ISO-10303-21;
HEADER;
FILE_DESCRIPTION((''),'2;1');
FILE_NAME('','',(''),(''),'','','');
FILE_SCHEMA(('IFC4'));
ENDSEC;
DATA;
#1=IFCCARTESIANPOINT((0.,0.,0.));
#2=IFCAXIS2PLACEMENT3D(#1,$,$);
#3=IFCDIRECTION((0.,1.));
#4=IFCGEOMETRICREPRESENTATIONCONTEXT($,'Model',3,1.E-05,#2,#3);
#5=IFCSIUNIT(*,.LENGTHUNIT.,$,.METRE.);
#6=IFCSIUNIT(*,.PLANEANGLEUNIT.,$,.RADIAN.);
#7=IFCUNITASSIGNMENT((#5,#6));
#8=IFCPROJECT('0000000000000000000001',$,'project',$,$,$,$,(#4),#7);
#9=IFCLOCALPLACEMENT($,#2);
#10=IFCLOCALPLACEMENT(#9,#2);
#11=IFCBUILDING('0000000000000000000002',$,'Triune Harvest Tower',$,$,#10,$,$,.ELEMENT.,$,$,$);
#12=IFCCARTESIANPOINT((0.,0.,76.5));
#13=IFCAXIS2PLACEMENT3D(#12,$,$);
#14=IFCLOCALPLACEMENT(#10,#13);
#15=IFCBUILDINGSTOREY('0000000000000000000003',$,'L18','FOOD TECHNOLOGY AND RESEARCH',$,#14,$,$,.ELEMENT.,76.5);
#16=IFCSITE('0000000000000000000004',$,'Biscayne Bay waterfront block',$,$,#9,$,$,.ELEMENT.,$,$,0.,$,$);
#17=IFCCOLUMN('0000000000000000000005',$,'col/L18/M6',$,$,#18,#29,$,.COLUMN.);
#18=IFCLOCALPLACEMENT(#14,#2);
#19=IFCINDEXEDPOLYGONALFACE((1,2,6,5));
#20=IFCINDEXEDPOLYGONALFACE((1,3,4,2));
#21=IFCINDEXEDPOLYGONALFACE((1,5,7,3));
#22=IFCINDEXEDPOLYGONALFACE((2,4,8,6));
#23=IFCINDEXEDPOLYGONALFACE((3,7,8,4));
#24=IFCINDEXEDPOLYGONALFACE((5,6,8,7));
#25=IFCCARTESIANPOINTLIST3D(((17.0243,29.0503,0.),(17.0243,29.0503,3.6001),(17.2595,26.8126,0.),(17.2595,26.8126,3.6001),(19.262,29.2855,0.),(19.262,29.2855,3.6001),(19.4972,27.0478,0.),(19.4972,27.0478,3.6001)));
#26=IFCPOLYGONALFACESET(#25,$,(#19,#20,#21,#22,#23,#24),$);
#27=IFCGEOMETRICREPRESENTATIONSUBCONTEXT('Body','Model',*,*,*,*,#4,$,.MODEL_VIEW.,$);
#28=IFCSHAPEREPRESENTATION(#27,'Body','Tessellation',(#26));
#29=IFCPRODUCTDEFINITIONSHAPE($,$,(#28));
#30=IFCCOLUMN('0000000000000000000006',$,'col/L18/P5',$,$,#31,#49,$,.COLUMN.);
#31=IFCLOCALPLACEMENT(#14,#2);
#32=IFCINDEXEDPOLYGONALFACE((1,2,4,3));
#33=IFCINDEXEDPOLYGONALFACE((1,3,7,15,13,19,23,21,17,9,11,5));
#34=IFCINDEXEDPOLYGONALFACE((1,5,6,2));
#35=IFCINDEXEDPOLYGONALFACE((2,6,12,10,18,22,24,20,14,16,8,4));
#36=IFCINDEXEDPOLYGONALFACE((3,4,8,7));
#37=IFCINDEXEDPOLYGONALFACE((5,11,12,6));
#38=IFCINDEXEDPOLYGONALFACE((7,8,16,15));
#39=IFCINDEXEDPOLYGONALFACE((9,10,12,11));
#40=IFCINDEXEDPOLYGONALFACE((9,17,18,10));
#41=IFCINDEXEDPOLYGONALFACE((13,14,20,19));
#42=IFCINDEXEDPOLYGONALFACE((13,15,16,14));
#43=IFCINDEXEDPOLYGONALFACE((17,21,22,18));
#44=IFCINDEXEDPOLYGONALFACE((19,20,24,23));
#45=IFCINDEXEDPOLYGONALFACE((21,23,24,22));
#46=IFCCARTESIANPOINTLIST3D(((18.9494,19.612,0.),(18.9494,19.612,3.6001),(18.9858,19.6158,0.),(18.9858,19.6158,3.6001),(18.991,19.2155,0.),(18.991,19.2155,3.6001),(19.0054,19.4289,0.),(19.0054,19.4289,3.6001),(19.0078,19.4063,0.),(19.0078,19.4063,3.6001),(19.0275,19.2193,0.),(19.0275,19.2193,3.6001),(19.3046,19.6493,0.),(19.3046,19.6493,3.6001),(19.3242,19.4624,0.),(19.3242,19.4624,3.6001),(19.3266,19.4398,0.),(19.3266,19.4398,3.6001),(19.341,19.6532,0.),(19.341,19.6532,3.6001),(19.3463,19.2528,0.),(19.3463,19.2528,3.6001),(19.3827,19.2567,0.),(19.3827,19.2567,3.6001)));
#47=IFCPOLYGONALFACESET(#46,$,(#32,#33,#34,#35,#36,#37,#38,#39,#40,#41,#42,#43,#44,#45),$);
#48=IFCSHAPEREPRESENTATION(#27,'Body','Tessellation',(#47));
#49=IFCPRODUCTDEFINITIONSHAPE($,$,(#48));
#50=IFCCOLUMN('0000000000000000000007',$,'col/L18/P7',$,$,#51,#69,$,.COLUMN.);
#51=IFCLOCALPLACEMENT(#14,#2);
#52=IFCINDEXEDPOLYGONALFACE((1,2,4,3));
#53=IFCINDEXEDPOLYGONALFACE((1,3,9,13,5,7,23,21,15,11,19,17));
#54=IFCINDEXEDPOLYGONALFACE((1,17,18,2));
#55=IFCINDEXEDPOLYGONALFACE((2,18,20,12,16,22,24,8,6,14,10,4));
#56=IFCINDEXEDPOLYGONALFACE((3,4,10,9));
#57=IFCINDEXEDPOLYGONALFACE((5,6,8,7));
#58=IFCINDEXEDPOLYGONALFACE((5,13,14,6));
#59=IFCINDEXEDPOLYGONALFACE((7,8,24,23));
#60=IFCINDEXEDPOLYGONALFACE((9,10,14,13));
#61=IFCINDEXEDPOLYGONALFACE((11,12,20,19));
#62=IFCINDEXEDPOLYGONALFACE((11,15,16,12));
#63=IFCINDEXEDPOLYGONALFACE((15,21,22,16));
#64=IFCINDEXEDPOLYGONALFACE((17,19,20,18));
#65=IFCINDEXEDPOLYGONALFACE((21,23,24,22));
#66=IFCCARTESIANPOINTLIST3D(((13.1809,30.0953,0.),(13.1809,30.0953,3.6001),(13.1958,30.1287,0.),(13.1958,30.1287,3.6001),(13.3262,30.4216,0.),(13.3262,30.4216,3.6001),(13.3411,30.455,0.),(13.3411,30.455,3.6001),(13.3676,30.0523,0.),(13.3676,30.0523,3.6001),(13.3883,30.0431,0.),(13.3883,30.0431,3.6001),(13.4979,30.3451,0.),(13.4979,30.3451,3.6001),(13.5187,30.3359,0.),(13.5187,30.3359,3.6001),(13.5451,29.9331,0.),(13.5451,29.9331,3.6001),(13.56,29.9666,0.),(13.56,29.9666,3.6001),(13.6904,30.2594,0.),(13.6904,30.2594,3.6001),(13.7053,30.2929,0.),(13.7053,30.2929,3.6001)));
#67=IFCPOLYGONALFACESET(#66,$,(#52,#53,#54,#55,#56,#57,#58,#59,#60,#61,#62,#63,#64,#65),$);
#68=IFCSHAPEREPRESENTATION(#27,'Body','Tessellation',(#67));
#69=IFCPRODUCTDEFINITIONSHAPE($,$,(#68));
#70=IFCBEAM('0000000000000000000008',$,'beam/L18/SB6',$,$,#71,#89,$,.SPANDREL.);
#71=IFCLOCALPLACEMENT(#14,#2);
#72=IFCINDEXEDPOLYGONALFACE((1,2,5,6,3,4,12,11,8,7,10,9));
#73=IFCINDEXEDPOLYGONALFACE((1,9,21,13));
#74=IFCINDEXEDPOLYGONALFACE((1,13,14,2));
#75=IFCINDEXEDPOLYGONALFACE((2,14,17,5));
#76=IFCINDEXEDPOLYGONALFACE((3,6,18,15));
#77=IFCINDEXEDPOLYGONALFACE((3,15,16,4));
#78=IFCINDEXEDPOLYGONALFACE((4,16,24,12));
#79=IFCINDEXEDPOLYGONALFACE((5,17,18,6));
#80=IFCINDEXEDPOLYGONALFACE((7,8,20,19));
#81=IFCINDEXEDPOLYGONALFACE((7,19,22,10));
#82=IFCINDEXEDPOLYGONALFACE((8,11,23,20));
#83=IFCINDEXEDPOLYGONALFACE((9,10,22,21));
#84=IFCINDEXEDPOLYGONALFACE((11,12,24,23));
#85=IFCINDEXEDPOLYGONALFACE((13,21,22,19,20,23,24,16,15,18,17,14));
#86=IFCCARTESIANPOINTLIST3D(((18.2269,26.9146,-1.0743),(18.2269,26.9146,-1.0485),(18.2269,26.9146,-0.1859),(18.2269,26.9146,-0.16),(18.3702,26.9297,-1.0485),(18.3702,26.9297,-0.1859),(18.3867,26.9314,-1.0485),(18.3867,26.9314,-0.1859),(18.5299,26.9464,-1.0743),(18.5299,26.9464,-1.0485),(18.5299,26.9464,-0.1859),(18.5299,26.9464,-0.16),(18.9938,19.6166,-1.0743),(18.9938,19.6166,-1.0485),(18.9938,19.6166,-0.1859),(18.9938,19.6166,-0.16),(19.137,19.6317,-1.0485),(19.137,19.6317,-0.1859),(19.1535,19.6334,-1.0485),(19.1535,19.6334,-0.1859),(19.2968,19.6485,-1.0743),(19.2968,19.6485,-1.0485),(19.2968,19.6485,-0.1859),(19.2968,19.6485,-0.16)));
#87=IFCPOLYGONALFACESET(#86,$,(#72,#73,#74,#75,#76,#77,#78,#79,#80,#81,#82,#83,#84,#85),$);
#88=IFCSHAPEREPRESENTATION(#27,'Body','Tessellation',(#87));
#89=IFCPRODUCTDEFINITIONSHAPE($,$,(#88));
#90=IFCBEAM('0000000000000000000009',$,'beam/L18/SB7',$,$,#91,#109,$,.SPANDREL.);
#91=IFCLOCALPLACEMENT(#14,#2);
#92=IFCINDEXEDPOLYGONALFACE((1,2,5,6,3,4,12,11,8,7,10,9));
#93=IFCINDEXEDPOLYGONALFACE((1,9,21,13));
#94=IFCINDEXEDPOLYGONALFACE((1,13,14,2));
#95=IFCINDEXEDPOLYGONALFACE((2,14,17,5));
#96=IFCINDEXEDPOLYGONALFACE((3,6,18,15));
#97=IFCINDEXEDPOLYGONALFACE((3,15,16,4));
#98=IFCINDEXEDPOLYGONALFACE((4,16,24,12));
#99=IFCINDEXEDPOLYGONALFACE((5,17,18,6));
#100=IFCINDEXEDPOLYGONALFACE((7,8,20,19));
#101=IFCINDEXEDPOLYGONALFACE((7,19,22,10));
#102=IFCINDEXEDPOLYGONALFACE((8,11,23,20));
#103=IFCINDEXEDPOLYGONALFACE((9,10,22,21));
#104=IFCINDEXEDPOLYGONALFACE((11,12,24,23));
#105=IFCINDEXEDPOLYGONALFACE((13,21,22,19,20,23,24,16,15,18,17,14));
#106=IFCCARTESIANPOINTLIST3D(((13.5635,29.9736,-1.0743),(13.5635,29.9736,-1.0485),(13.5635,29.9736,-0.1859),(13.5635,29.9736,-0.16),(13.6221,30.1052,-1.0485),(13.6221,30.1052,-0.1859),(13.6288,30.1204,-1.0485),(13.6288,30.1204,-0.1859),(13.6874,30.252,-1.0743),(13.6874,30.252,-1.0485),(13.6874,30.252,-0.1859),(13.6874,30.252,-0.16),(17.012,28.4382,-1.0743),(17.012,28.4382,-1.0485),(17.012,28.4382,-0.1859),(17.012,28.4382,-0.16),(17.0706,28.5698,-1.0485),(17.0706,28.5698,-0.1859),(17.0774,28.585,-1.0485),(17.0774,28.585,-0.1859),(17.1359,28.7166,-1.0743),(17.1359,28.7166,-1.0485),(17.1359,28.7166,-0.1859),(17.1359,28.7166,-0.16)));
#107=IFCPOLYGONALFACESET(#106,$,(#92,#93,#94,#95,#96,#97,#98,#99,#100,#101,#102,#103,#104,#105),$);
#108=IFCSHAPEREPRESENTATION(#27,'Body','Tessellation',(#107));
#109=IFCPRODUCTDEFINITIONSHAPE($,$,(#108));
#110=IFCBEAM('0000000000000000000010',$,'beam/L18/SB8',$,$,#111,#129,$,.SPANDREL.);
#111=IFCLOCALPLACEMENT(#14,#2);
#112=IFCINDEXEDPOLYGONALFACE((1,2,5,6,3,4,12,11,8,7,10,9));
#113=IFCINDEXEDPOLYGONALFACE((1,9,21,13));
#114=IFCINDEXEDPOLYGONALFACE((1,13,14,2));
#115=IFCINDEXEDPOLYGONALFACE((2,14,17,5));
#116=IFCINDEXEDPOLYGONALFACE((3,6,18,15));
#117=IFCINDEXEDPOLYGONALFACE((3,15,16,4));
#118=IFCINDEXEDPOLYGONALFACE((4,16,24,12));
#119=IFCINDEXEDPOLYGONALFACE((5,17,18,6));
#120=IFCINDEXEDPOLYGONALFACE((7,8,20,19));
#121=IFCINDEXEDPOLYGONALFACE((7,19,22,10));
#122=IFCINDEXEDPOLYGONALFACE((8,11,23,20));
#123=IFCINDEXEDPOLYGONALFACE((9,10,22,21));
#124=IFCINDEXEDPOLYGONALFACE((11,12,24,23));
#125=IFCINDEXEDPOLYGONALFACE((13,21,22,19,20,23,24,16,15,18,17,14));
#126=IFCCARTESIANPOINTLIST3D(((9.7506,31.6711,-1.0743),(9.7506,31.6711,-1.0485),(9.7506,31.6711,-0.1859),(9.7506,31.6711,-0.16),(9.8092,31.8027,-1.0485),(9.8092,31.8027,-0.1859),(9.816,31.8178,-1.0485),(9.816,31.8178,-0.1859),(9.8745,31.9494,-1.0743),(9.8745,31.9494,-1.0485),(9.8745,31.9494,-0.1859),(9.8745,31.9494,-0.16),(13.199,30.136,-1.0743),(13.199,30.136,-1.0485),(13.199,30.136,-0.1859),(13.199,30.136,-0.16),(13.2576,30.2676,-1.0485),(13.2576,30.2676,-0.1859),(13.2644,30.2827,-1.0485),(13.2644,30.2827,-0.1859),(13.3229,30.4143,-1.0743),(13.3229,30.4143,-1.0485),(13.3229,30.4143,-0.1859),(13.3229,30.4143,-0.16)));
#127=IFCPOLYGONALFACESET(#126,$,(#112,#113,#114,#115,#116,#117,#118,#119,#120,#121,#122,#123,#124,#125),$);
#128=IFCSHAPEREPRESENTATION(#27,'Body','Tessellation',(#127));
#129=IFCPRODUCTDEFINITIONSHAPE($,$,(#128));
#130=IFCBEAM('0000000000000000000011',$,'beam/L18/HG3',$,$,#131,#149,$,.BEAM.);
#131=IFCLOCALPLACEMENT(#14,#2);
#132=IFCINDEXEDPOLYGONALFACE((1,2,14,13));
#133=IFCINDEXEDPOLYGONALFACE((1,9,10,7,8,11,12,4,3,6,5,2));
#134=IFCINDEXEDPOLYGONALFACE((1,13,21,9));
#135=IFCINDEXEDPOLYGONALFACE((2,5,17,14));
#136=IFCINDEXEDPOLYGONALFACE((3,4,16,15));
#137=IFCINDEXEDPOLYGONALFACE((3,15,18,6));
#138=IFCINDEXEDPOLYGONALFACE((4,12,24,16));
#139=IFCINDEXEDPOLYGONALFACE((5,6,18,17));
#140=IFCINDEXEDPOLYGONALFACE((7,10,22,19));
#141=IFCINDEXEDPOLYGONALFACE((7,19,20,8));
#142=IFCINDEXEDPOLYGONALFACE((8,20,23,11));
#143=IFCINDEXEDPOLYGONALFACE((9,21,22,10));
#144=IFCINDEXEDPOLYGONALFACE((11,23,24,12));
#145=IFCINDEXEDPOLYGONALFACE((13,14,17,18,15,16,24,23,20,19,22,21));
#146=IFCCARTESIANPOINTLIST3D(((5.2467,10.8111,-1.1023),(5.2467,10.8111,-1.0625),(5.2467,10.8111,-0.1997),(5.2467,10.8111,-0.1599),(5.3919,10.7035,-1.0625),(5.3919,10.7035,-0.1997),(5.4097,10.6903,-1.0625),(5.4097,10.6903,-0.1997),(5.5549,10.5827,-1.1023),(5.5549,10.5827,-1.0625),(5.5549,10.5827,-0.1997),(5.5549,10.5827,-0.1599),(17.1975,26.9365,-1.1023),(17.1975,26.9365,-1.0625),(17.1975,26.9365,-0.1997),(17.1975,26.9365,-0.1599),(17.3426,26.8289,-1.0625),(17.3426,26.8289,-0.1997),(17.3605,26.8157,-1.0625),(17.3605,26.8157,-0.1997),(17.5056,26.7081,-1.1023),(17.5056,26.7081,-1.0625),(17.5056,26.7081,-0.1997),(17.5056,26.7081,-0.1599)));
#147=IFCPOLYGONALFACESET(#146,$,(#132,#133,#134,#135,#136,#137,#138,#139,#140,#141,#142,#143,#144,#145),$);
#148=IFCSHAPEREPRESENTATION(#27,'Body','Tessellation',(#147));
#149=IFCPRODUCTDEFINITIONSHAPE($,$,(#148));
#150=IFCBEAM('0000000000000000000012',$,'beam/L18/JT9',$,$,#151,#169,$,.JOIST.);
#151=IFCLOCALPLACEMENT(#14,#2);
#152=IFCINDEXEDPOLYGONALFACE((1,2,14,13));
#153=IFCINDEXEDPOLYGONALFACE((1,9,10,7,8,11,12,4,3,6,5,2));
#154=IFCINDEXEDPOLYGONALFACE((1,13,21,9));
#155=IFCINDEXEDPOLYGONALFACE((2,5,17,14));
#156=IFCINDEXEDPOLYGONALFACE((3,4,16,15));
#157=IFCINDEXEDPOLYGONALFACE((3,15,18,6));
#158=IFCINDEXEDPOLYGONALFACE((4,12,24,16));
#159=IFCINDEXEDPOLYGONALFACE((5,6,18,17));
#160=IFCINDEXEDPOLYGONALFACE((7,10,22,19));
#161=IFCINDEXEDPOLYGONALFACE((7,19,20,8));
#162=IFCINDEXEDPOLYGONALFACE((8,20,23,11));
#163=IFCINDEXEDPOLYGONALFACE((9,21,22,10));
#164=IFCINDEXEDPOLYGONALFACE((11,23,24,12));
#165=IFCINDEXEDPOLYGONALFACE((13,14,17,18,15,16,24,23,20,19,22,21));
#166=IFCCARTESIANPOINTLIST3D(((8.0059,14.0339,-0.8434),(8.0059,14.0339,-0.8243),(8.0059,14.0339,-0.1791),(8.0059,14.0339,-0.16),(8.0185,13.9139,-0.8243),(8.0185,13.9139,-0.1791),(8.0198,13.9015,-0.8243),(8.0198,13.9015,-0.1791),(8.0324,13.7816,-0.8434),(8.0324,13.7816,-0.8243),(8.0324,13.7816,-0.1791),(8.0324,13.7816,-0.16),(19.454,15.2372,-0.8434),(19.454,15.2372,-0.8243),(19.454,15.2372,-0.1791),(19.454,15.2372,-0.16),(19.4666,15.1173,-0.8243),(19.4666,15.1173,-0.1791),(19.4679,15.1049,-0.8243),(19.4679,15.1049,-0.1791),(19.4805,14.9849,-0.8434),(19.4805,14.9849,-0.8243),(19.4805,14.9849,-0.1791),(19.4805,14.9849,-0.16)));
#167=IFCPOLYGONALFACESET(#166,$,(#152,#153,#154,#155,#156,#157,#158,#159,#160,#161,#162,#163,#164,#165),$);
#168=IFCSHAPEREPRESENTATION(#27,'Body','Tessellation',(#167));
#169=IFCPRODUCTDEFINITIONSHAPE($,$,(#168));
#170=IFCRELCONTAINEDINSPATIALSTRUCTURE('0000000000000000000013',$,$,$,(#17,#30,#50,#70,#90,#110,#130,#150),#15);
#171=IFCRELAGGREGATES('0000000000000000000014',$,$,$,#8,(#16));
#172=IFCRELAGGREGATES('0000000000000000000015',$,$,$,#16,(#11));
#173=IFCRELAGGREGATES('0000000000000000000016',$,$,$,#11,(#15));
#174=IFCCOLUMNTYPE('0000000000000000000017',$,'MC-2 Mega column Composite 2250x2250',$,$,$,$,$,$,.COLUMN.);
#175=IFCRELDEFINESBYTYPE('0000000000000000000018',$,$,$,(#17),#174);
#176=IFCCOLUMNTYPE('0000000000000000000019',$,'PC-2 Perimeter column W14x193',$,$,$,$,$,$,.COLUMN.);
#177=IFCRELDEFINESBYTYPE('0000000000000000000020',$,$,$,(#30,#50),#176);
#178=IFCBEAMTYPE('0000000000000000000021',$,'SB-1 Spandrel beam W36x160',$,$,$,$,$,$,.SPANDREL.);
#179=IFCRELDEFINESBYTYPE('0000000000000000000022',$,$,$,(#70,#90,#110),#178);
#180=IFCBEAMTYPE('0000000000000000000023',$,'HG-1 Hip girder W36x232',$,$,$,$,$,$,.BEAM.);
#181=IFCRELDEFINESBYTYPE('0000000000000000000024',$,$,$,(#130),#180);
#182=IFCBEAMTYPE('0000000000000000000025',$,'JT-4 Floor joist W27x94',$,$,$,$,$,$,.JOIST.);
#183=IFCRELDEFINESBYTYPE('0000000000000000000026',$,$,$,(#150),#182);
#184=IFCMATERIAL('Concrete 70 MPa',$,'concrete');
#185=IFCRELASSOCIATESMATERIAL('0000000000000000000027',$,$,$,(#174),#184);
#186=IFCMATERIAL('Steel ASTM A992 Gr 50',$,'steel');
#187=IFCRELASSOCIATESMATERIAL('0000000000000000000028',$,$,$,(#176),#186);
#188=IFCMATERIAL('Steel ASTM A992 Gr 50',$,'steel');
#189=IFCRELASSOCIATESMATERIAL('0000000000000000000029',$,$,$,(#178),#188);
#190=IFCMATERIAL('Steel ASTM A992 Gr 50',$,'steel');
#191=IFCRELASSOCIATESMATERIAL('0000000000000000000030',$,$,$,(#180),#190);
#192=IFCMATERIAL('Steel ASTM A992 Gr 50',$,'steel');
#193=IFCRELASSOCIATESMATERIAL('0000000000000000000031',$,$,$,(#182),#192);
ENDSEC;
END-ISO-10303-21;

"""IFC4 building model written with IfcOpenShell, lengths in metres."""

from ifc_helpers import new_model, si_unit, direction, frame, origin, origin_2d, place, context, subcontext, project, spatial, rectangle, i_section, extrude, source, transform, mapped, material, material_profile, profile_set, type_object, element, save


model = new_model("IFC4")

# Units and contexts
model_context = context("Model", 3, precision=1e-05, world=origin(), true_north=direction((0.0, 1.0)))
body_context = subcontext(model_context, "Body", "Model", "MODEL_VIEW")
ifc_project = project(units=[si_unit("LENGTHUNIT", "METRE"), si_unit("PLANEANGLEUNIT", "RADIAN")], contexts=[model_context])

# Site, building, storey
site_placement = place(None, origin())
site = spatial("IfcSite", under=ifc_project, at=site_placement, Name="Biscayne Bay waterfront block", CompositionType="ELEMENT", RefElevation=0.0)
building_placement = place(site_placement, origin())
building = spatial("IfcBuilding", under=site, at=building_placement, Name="Triune Harvest Tower", CompositionType="ELEMENT")
storey_placement = place(building_placement, frame((0.0, 0.0, 76.5)))
storey = spatial("IfcBuildingStorey", under=building, at=storey_placement, Name="L18", Description="FOOD TECHNOLOGY AND RESEARCH", CompositionType="ELEMENT", Elevation=76.5)

# Columns
ifc_material_1 = material(Name="Concrete 70 MPa", Category="concrete")
ifc_material_profile_1 = material_profile(ifc_material_1, rectangle(XDim=2.25, YDim=2.25, at=origin_2d()), Name="Composite 2250x2250")
ifc_profile_set_1 = profile_set([ifc_material_profile_1], Name="Concrete 70 MPa")
column_type_1 = type_object("IfcColumnType", Name="MC-2 Mega column Composite 2250x2250", PredefinedType="COLUMN", material=ifc_profile_set_1)
shared_shape_1 = source(origin(), body_context, "Body", "SweptSolid", [
    extrude(rectangle(XDim=2.25, YDim=2.25, at=origin_2d()), origin(), (0.0, 0.0, 1.0), 3.6001),
])
column_placement = place(storey_placement, frame((18.2607, 28.0491, 0.0), z_axis=(0.0, 0.0, 1.0), x_axis=(-0.104527, 0.994522, 0.0)))
element("IfcColumn", 1, at=column_placement, inside=storey, type_object=column_type_1, Name="col/L18/M6", PredefinedType="COLUMN", context=body_context, shape_type="MappedRepresentation", body=[
    mapped(shared_shape_1, transform((0.0, 0.0, 0.0), scale=1.0)),
])
ifc_material_2 = material(Name="Steel ASTM A992 Gr 50", Category="steel")
ifc_material_profile_2 = material_profile(ifc_material_2, i_section(OverallWidth=0.3987, OverallDepth=0.3938, WebThickness=0.0227, FlangeThickness=0.0366, at=origin_2d()), Name="W14x193")
ifc_profile_set_2 = profile_set([ifc_material_profile_2], Name="Steel ASTM A992 Gr 50")
column_type_2 = type_object("IfcColumnType", Name="PC-2 Perimeter column W14x193", PredefinedType="COLUMN", material=ifc_profile_set_2)
shared_shape_2 = source(origin(), body_context, "Body", "SweptSolid", [
    extrude(i_section(OverallWidth=0.3987, OverallDepth=0.3938, WebThickness=0.0227, FlangeThickness=0.0366, at=origin_2d()), origin(), (0.0, 0.0, 1.0), 3.6001),
])
for number, where, z_axis, x_axis, name in (
    (2, (19.166, 19.4343, 0.0), (0.0, 0.0, 1.0), (-0.104527, 0.994522, 0.0), "col/L18/P5"),
    (3, (13.4431, 30.1941, 0.0), (0.0, 0.0, 1.0), (-0.913547, 0.406733, 0.0), "col/L18/P7"),
):
    element("IfcColumn", number, at=place(storey_placement, frame(where, z_axis=z_axis, x_axis=x_axis)), inside=storey, type_object=column_type_2, Name=name, PredefinedType="COLUMN", context=body_context, shape_type="MappedRepresentation", body=[
        mapped(shared_shape_2, transform((0.0, 0.0, 0.0), scale=1.0)),
    ])

# Beams
ifc_material_3 = material(Name="Steel ASTM A992 Gr 50", Category="steel")
ifc_material_profile_3 = material_profile(ifc_material_3, i_section(OverallWidth=0.3047, OverallDepth=0.9143, WebThickness=0.0166, FlangeThickness=0.0259, at=origin_2d()), Name="W36x160")
ifc_profile_set_3 = profile_set([ifc_material_profile_3], Name="Steel ASTM A992 Gr 50")
beam_type_1 = type_object("IfcBeamType", Name="SB-1 Spandrel beam W36x160", PredefinedType="SPANDREL", material=ifc_profile_set_3)
shared_shape_3 = source(origin(), body_context, "Body", "SweptSolid", [
    extrude(i_section(OverallWidth=0.3047, OverallDepth=0.9143, WebThickness=0.0166, FlangeThickness=0.0259, at=origin_2d()), origin(), (0.0, 0.0, 1.0), 7.3381),
])
beam_1_placement = place(storey_placement, frame((19.1453, 19.6326, -0.6172), z_axis=(-0.104503, 0.994525, 0.0), x_axis=(-0.994525, -0.104503, 0.0)))
element("IfcBeam", 4, at=beam_1_placement, inside=storey, type_object=beam_type_1, Name="beam/L18/SB6", PredefinedType="SPANDREL", context=body_context, shape_type="MappedRepresentation", body=[
    mapped(shared_shape_3, transform((0.0, 0.0, 0.0), scale=1.0)),
])
shared_shape_4 = source(origin(), body_context, "Body", "SweptSolid", [
    extrude(i_section(OverallWidth=0.3047, OverallDepth=0.9143, WebThickness=0.0166, FlangeThickness=0.0259, at=origin_2d()), origin(), (0.0, 0.0, 1.0), 3.7749),
])
beam_2_placement = place(storey_placement, frame((17.074, 28.5774, -0.6172), z_axis=(-0.913542, 0.406744, 0.0), x_axis=(-0.406744, -0.913542, 0.0)))
element("IfcBeam", 5, at=beam_2_placement, inside=storey, type_object=beam_type_1, Name="beam/L18/SB7", PredefinedType="SPANDREL", context=body_context, shape_type="MappedRepresentation", body=[
    mapped(shared_shape_4, transform((0.0, 0.0, 0.0), scale=1.0)),
])
shared_shape_5 = source(origin(), body_context, "Body", "SweptSolid", [
    extrude(i_section(OverallWidth=0.3047, OverallDepth=0.9143, WebThickness=0.0166, FlangeThickness=0.0259, at=origin_2d()), origin(), (0.0, 0.0, 1.0), 3.7747),
])
beam_3_placement = place(storey_placement, frame((13.261, 30.2751, -0.6172), z_axis=(-0.913566, 0.40669, 0.0), x_axis=(-0.40669, -0.913566, 0.0)))
element("IfcBeam", 6, at=beam_3_placement, inside=storey, type_object=beam_type_1, Name="beam/L18/SB8", PredefinedType="SPANDREL", context=body_context, shape_type="MappedRepresentation", body=[
    mapped(shared_shape_5, transform((0.0, 0.0, 0.0), scale=1.0)),
])
ifc_material_4 = material(Name="Steel ASTM A992 Gr 50", Category="steel")
ifc_material_profile_4 = material_profile(ifc_material_4, i_section(OverallWidth=0.3835, OverallDepth=0.9424, WebThickness=0.0222, FlangeThickness=0.0398, at=origin_2d()), Name="W36x232")
ifc_profile_set_4 = profile_set([ifc_material_profile_4], Name="Steel ASTM A992 Gr 50")
beam_type_2 = type_object("IfcBeamType", Name="HG-1 Hip girder W36x232", PredefinedType="BEAM", material=ifc_profile_set_4)
shared_shape_6 = source(origin(), body_context, "Body", "SweptSolid", [
    extrude(i_section(OverallWidth=0.3835, OverallDepth=0.9424, WebThickness=0.0222, FlangeThickness=0.0398, at=origin_2d()), origin(), (0.0, 0.0, 1.0), 20.071),
])
beam_4_placement = place(storey_placement, frame((17.3516, 26.8223, -0.6311), z_axis=(-0.595422, -0.803413, 0.0), x_axis=(0.803413, -0.595422, 0.0)))
element("IfcBeam", 7, at=beam_4_placement, inside=storey, type_object=beam_type_2, Name="beam/L18/HG3", PredefinedType="BEAM", context=body_context, shape_type="MappedRepresentation", body=[
    mapped(shared_shape_6, transform((0.0, 0.0, 0.0), scale=1.0)),
])
ifc_material_5 = material(Name="Steel ASTM A992 Gr 50", Category="steel")
ifc_material_profile_5 = material_profile(ifc_material_5, i_section(OverallWidth=0.2537, OverallDepth=0.6833, WebThickness=0.0125, FlangeThickness=0.019, at=origin_2d()), Name="W27x94")
ifc_profile_set_5 = profile_set([ifc_material_profile_5], Name="Steel ASTM A992 Gr 50")
beam_type_3 = type_object("IfcBeamType", Name="JT-4 Floor joist W27x94", PredefinedType="JOIST", material=ifc_profile_set_5)
shared_shape_7 = source(origin(), body_context, "Body", "SweptSolid", [
    extrude(i_section(OverallWidth=0.2537, OverallDepth=0.6833, WebThickness=0.0125, FlangeThickness=0.019, at=origin_2d()), origin(), (0.0, 0.0, 1.0), 11.5112),
])
beam_5_placement = place(storey_placement, frame((19.4673, 15.1111, -0.5017), z_axis=(-0.994521, -0.104538, 0.0), x_axis=(0.104538, -0.994521, 0.0)))
element("IfcBeam", 8, at=beam_5_placement, inside=storey, type_object=beam_type_3, Name="beam/L18/JT9", PredefinedType="JOIST", context=body_context, shape_type="MappedRepresentation", body=[
    mapped(shared_shape_7, transform((0.0, 0.0, 0.0), scale=1.0)),
])

save(model, "model.ifc")
